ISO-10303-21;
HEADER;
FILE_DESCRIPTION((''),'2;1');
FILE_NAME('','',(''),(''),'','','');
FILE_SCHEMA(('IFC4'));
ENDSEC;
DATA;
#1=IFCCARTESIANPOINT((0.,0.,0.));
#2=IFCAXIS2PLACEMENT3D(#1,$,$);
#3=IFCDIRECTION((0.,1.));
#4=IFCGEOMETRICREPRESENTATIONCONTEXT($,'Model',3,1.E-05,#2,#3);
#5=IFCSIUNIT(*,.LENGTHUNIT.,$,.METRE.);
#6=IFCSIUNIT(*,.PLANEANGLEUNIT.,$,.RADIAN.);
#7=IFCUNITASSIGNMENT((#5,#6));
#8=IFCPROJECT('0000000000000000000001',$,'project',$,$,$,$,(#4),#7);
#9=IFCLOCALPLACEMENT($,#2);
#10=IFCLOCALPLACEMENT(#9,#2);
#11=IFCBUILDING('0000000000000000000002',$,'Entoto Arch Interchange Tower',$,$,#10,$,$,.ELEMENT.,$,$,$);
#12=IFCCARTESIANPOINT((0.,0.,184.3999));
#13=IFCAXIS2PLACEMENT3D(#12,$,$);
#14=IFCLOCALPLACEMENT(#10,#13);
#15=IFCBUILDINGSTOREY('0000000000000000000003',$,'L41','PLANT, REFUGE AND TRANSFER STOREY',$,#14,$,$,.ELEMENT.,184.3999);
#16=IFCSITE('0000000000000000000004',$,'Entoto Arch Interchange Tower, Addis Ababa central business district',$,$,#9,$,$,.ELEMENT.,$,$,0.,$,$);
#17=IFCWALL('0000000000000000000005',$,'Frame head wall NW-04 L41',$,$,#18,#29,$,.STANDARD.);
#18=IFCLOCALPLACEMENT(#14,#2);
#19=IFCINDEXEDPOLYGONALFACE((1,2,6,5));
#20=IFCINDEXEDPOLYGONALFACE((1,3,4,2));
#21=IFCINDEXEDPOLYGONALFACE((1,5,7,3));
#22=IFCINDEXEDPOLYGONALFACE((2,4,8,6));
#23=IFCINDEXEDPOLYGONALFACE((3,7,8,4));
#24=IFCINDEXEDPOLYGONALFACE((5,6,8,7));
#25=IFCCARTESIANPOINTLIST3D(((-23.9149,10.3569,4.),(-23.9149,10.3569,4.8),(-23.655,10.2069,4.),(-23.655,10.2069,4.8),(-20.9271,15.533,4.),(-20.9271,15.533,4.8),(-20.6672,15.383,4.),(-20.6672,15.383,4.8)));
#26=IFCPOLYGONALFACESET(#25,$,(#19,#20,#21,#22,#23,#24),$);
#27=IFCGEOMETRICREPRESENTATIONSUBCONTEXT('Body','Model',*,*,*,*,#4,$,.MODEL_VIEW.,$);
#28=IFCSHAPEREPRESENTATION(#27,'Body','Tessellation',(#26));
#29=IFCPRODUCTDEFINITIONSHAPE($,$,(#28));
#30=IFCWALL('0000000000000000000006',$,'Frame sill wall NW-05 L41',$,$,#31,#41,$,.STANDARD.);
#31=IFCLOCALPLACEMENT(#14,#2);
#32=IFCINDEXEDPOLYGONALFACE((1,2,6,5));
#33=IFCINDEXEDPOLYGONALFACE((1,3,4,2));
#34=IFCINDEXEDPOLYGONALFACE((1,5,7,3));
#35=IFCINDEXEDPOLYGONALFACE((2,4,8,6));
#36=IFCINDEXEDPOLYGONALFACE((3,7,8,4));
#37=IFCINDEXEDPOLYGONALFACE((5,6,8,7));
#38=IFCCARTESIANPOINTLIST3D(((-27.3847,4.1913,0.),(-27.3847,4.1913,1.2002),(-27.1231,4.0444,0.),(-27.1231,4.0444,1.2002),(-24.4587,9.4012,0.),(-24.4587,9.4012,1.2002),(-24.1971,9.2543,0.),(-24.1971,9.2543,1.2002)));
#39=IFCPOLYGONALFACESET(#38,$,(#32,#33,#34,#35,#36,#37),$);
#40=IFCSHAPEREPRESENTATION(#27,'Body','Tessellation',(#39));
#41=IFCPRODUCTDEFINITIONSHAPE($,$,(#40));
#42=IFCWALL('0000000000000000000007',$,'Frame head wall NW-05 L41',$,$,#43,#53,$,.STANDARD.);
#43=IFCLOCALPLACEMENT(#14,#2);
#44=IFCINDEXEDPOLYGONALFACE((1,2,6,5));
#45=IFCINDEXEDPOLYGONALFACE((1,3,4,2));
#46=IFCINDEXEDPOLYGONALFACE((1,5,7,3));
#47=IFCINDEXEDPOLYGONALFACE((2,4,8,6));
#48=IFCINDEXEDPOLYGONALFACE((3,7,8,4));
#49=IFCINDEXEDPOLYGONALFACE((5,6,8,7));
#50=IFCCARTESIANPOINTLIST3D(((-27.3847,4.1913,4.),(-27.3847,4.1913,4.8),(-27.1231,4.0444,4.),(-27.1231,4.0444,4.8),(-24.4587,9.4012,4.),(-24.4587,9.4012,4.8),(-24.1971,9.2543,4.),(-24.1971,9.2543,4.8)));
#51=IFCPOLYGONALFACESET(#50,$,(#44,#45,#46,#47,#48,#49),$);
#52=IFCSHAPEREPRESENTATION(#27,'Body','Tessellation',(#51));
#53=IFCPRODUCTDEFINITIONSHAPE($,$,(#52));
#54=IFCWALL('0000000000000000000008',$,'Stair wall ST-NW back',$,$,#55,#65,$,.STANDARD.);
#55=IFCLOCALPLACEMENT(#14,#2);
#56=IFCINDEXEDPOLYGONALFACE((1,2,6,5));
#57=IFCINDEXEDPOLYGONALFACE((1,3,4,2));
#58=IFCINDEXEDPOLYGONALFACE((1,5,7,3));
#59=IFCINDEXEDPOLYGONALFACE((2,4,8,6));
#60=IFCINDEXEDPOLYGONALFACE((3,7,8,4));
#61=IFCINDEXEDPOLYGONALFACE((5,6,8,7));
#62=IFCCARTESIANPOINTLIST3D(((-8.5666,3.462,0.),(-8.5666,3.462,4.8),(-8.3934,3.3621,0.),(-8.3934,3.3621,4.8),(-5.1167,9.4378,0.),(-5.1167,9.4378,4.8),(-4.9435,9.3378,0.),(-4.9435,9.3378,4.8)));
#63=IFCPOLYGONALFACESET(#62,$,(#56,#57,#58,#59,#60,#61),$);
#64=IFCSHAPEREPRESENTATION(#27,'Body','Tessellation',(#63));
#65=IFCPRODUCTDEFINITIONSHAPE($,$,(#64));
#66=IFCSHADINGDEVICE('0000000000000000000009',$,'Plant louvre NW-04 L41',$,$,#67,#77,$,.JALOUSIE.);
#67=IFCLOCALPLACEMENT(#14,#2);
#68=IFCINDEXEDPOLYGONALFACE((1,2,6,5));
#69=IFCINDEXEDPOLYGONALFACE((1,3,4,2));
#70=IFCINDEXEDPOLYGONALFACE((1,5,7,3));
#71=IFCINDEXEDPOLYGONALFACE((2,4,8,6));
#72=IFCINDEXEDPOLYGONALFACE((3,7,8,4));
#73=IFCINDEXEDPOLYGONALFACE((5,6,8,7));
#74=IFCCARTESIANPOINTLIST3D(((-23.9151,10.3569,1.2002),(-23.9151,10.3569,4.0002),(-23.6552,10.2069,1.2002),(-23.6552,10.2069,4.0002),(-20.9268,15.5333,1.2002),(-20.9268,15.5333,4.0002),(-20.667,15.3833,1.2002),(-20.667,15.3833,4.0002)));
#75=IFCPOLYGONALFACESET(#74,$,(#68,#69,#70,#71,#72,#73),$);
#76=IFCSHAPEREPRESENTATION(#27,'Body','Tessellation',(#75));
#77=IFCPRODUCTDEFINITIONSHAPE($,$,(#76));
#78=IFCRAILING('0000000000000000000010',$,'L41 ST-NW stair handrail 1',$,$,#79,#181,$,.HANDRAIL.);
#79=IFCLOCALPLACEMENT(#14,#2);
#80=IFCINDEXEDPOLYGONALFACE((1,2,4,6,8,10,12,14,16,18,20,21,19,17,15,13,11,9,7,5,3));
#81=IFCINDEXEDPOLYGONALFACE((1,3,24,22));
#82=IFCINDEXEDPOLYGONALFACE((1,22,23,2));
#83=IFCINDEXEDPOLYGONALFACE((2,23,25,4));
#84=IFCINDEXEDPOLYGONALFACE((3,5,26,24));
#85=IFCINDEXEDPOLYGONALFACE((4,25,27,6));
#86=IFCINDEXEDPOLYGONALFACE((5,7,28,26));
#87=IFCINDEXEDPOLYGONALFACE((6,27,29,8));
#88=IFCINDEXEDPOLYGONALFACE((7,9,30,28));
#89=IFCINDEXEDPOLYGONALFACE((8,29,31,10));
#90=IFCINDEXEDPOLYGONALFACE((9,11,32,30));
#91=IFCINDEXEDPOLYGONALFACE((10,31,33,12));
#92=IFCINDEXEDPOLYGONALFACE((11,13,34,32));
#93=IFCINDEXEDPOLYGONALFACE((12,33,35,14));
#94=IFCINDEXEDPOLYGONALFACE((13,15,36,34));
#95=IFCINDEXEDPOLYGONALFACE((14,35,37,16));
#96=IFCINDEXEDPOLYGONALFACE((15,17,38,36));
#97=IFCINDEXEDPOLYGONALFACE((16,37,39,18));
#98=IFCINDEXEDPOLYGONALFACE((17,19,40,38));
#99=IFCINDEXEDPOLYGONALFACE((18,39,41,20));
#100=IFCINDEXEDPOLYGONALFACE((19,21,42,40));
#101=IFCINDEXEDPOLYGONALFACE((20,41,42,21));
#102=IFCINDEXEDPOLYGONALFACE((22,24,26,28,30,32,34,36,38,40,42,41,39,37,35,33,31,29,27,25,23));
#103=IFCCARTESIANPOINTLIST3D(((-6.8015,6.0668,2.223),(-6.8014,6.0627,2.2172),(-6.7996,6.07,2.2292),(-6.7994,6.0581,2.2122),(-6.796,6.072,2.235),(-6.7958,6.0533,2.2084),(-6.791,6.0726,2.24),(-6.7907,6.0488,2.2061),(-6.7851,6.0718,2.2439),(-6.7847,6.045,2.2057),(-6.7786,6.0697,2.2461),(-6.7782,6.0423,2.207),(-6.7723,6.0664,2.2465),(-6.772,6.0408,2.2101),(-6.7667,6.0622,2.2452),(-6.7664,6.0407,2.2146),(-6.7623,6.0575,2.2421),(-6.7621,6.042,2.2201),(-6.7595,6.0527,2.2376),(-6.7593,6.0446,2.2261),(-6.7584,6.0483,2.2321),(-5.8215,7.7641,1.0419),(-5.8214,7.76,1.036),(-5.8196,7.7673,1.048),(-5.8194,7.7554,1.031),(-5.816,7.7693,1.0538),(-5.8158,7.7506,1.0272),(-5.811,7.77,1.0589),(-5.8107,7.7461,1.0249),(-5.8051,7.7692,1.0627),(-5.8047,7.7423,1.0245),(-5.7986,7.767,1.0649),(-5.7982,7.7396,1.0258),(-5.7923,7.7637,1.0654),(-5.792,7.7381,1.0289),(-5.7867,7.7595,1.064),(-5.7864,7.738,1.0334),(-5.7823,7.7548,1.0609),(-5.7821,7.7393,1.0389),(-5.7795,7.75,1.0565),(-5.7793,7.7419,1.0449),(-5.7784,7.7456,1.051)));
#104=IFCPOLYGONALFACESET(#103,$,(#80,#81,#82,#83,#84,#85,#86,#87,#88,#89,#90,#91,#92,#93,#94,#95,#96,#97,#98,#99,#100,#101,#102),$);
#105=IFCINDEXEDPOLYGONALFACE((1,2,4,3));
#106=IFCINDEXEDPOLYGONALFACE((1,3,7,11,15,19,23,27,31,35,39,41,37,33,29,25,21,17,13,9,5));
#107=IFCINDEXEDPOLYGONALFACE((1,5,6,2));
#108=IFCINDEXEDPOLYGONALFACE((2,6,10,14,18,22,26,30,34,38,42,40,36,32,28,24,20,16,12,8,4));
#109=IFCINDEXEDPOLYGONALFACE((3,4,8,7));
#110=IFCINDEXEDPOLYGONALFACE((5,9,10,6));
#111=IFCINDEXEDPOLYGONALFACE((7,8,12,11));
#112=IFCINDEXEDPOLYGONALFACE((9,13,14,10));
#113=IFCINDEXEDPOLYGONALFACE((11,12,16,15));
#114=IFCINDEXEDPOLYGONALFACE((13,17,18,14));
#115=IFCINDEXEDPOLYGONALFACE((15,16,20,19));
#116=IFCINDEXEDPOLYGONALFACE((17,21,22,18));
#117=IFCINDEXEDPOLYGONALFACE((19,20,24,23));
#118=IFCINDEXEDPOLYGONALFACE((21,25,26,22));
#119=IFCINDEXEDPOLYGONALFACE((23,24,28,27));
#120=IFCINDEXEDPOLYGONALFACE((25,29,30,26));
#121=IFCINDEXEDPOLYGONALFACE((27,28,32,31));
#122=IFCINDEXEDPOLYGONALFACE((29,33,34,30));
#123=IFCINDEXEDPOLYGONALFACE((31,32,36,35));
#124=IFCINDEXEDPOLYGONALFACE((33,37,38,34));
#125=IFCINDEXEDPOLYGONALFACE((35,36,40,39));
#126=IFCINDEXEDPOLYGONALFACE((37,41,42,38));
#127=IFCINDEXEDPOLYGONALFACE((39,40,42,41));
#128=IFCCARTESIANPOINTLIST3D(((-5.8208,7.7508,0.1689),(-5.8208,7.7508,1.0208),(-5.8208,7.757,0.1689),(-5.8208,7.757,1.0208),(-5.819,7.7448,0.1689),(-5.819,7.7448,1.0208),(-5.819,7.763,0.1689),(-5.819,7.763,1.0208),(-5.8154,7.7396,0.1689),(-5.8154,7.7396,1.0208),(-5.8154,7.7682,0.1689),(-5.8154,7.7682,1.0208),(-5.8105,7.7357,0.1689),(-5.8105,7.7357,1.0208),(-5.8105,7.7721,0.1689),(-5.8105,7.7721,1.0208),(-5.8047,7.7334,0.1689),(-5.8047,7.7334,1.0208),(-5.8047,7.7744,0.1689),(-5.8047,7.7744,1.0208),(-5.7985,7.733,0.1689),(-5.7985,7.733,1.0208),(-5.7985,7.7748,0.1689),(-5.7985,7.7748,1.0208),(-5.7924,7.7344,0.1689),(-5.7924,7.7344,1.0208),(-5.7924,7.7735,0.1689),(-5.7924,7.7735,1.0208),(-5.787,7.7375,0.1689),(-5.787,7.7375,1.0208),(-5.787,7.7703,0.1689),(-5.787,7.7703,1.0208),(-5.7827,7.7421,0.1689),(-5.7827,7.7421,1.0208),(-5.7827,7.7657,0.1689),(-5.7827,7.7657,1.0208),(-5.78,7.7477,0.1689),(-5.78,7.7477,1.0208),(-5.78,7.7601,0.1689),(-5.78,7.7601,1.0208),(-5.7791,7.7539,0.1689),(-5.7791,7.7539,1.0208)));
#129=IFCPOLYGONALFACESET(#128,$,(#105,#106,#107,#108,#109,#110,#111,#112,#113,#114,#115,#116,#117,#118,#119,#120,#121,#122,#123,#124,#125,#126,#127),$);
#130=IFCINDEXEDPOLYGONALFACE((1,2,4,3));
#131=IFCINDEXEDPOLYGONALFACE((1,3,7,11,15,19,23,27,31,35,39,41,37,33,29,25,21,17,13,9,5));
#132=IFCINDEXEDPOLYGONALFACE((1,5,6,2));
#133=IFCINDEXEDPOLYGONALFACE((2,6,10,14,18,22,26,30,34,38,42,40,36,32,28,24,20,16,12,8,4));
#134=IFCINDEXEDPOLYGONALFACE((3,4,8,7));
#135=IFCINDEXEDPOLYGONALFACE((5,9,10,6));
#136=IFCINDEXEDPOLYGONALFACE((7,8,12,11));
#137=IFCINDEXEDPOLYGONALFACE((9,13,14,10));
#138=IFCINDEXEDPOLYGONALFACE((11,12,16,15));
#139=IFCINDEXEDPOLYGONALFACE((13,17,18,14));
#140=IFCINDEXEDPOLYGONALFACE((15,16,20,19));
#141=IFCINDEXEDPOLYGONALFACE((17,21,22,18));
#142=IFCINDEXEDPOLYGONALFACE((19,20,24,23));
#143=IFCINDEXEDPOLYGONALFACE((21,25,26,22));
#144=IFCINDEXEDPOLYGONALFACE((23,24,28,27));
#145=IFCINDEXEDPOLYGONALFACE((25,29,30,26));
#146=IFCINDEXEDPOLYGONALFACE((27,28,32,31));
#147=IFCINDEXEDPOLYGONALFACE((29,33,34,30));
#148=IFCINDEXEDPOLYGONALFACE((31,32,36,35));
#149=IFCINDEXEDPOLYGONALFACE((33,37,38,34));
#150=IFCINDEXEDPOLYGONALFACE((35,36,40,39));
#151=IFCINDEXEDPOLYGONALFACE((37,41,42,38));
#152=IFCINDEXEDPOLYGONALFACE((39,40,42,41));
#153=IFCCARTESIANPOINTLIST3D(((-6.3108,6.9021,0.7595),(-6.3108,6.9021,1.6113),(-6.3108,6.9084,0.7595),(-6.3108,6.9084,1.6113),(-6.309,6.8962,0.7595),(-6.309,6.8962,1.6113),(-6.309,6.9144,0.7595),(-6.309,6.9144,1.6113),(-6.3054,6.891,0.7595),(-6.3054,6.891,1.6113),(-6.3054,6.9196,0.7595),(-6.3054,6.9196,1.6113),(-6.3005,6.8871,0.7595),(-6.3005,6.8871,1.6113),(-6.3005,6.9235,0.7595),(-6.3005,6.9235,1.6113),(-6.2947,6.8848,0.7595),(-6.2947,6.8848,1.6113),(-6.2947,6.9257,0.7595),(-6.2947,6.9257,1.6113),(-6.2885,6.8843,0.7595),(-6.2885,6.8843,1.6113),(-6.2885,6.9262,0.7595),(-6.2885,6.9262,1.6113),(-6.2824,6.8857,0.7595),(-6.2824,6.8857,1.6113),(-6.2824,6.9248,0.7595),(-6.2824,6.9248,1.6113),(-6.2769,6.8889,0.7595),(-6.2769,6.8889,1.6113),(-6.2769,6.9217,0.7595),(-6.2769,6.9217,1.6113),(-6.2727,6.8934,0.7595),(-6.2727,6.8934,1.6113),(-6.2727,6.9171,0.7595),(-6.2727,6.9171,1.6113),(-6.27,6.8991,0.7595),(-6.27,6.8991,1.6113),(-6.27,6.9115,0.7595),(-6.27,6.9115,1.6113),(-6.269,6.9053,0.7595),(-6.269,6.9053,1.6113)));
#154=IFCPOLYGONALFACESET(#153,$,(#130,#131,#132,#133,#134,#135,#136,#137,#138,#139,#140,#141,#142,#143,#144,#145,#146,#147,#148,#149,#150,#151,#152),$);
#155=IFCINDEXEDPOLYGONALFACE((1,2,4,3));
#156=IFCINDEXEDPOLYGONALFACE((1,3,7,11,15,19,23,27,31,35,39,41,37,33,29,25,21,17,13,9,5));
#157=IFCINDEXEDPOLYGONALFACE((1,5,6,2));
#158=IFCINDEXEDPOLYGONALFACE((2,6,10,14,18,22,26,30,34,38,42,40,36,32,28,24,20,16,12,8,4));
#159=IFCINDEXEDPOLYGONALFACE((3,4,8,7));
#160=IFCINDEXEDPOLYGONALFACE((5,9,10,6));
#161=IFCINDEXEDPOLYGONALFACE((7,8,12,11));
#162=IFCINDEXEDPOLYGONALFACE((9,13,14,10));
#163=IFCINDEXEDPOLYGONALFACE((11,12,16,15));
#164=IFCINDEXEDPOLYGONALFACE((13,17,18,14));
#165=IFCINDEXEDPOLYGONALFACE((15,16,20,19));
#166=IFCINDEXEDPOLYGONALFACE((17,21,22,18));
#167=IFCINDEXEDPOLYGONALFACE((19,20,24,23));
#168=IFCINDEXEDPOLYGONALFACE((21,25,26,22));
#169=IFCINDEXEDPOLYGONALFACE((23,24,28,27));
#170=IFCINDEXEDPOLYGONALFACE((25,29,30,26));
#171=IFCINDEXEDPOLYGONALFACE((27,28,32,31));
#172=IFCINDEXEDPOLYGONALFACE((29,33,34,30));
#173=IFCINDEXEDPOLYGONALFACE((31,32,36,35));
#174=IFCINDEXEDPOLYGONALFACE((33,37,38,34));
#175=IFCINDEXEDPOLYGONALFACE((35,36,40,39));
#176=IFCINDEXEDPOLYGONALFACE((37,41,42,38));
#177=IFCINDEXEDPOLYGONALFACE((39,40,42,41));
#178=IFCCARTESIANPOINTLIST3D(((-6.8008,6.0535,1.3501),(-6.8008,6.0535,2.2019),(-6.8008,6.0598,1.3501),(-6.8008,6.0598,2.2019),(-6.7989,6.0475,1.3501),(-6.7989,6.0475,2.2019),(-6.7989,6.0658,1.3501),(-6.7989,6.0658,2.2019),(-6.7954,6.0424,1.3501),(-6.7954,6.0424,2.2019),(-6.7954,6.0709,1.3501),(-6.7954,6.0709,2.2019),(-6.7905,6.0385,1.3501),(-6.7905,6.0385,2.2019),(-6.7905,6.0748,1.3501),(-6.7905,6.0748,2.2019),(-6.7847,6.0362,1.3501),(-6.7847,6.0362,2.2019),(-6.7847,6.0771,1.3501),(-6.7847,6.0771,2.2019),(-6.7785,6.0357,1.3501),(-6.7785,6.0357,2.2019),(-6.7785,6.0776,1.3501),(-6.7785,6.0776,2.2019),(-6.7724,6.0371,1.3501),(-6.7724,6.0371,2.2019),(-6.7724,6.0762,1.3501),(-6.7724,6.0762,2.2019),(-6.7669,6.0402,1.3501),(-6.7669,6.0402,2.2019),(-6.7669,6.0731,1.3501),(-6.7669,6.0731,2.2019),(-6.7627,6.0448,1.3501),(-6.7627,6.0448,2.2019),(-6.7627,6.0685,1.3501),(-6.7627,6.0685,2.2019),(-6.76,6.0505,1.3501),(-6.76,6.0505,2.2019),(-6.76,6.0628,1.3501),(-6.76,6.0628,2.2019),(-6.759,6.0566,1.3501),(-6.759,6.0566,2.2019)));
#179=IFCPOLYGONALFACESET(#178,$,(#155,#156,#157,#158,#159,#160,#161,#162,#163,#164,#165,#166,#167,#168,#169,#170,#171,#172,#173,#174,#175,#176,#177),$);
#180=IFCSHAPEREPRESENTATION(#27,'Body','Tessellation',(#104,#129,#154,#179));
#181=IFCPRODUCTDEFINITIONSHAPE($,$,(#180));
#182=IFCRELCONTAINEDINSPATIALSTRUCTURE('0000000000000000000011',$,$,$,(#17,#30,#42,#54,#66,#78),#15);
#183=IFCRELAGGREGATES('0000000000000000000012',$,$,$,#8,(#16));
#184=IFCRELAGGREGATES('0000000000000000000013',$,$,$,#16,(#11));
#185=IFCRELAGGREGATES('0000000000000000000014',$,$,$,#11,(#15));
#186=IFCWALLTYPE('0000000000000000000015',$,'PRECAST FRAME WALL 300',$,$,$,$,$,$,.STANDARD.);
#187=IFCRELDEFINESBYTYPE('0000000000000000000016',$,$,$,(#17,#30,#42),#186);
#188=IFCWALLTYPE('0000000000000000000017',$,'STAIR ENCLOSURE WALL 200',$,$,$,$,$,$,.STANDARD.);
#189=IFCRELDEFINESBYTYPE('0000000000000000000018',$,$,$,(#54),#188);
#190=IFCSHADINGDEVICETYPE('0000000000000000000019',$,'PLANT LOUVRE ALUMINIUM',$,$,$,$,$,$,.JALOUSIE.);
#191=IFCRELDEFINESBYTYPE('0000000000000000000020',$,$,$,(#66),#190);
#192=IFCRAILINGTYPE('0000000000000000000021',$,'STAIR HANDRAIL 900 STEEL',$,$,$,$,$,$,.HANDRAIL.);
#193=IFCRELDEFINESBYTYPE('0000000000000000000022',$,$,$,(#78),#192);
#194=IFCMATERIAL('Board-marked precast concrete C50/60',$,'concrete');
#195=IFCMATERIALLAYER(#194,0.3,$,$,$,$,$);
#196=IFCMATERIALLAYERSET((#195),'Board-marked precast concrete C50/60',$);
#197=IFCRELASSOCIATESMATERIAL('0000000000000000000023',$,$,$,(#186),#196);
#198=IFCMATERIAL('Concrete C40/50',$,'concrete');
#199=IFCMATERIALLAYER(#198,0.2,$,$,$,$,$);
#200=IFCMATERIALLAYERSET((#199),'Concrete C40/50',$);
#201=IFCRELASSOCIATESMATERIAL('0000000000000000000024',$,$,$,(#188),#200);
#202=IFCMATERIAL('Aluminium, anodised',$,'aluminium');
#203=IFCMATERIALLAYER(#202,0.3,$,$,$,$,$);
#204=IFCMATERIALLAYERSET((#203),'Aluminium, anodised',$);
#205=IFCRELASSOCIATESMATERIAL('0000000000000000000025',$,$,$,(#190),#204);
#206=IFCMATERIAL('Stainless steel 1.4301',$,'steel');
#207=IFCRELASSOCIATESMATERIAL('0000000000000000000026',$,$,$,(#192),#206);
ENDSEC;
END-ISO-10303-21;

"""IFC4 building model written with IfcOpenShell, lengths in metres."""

from ifc_helpers import new_model, si_unit, direction, frame, frame_2d, origin, origin_2d, place, context, subcontext, project, spatial, rectangle, circle, extrude, material, layer, layer_set, type_object, element, save


model = new_model("IFC4")

# Units and contexts
model_context = context("Model", 3, precision=1e-05, world=origin(), true_north=direction((0.0, 1.0)))
body_context = subcontext(model_context, "Body", "Model", "MODEL_VIEW")
ifc_project = project(units=[si_unit("LENGTHUNIT", "METRE"), si_unit("PLANEANGLEUNIT", "RADIAN")], contexts=[model_context])

# Site, building, storey
site_placement = place(None, origin())
site = spatial("IfcSite", under=ifc_project, at=site_placement, Name="Entoto Arch Interchange Tower, Addis Ababa central business district", CompositionType="ELEMENT", RefElevation=0.0)
building_placement = place(site_placement, origin())
building = spatial("IfcBuilding", under=site, at=building_placement, Name="Entoto Arch Interchange Tower", CompositionType="ELEMENT")
storey_placement = place(building_placement, frame((0.0, 0.0, 184.3999)))
storey = spatial("IfcBuildingStorey", under=building, at=storey_placement, Name="L41", Description="PLANT, REFUGE AND TRANSFER STOREY", CompositionType="ELEMENT", Elevation=184.3999)

# Shared definitions
ifc_material_1 = material(Name="Concrete C40/50", Category="concrete")

# Walls
ifc_material_2 = material(Name="Board-marked precast concrete C50/60", Category="concrete")
ifc_layer_1 = layer(ifc_material_2, 0.3)
ifc_layer_set_1 = layer_set([ifc_layer_1], Name="Board-marked precast concrete C50/60")
wall_type_1 = type_object("IfcWallType", Name="PRECAST FRAME WALL 300", PredefinedType="STANDARD", material=ifc_layer_set_1)
wall_1_placement = place(storey_placement, frame((-20.7971, 15.458, 4.0), z_axis=(0.0, 0.0, 1.0), x_axis=(-0.499926, -0.866068, 0.0)))
element("IfcWall", 1, at=wall_1_placement, inside=storey, type_object=wall_type_1, Name="Frame head wall NW-04 L41", PredefinedType="STANDARD", context=body_context, shape_type="SweptSolid", body=[
    extrude(rectangle(XDim=5.9766, YDim=0.3, at=frame_2d((2.9883, 0.0))), origin(), (0.0, 0.0, 1.0), 0.8),
])
wall_2_placement = place(storey_placement, frame((-24.3279, 9.3279, 0.0), z_axis=(0.0, 0.0, 1.0), x_axis=(-0.489679, -0.871903, 0.0)))
element("IfcWall", 2, at=wall_2_placement, inside=storey, type_object=wall_type_1, Name="Frame sill wall NW-05 L41", PredefinedType="STANDARD", context=body_context, shape_type="SweptSolid", body=[
    extrude(rectangle(XDim=5.9753, YDim=0.3, at=frame_2d((2.9878, 0.0))), origin(), (0.0, 0.0, 1.0), 1.2002),
])
wall_3_placement = place(storey_placement, frame((-24.3279, 9.3279, 4.0), z_axis=(0.0, 0.0, 1.0), x_axis=(-0.489679, -0.871903, 0.0)))
element("IfcWall", 3, at=wall_3_placement, inside=storey, type_object=wall_type_1, Name="Frame head wall NW-05 L41", PredefinedType="STANDARD", context=body_context, shape_type="SweptSolid", body=[
    extrude(rectangle(XDim=5.9753, YDim=0.3, at=frame_2d((2.9878, 0.0))), origin(), (0.0, 0.0, 1.0), 0.8),
])
ifc_layer_2 = layer(ifc_material_1, 0.2)
ifc_layer_set_2 = layer_set([ifc_layer_2], Name="Concrete C40/50")
wall_type_2 = type_object("IfcWallType", Name="STAIR ENCLOSURE WALL 200", PredefinedType="STANDARD", material=ifc_layer_set_2)
wall_4_placement = place(storey_placement, frame((-5.03, 9.3879, 0.0), z_axis=(0.0, 0.0, 1.0), x_axis=(-0.499979, -0.866038, 0.0)))
element("IfcWall", 4, at=wall_4_placement, inside=storey, type_object=wall_type_2, Name="Stair wall ST-NW back", PredefinedType="STANDARD", context=body_context, shape_type="SweptSolid", body=[
    extrude(rectangle(XDim=6.9001, YDim=0.2, at=frame_2d((3.4502, 0.0))), origin(), (0.0, 0.0, 1.0), 4.8),
])

# Shading device
ifc_material_3 = material(Name="Aluminium, anodised", Category="aluminium")
ifc_layer_3 = layer(ifc_material_3, 0.3)
ifc_layer_set_3 = layer_set([ifc_layer_3], Name="Aluminium, anodised")
shading_device_type = type_object("IfcShadingDeviceType", Name="PLANT LOUVRE ALUMINIUM", PredefinedType="JALOUSIE", material=ifc_layer_set_3)
shading_device_placement = place(storey_placement, frame((-22.291, 12.8701, 1.2002), z_axis=(0.0, 0.0, 1.0), x_axis=(-0.499955, -0.866052, 0.0)))
element("IfcShadingDevice", 5, at=shading_device_placement, inside=storey, type_object=shading_device_type, Name="Plant louvre NW-04 L41", PredefinedType="JALOUSIE", context=body_context, shape_type="SweptSolid", body=[
    extrude(rectangle(XDim=5.9771, YDim=0.3, at=origin_2d()), origin(), (0.0, 0.0, 1.0), 2.8),
])

# Railing
ifc_material_4 = material(Name="Stainless steel 1.4301", Category="steel")
railing_type = type_object("IfcRailingType", Name="STAIR HANDRAIL 900 STEEL", PredefinedType="HANDRAIL", material=ifc_material_4)
for number, where, name in (
    (6, (-5.8, 7.7539, 0.1689), "L41 ST-NW stair handrail 1"),
):
    element("IfcRailing", number, at=place(storey_placement, frame(where)), inside=storey, type_object=railing_type, Name=name, PredefinedType="HANDRAIL", context=body_context, shape_type="SweptSolid", body=[
        extrude(circle(Radius=0.0239, at=origin_2d()), frame((0.0, 0.0, 0.876), z_axis=(-0.428262, -0.741723, 0.516176), x_axis=(0.866011, -0.500024, 0.0)), (0.0, 0.0, 1.0), 2.2883),
        extrude(circle(Radius=0.021, at=origin_2d()), origin(), (0.0, 0.0, 1.0), 0.8518),
        extrude(circle(Radius=0.021, at=origin_2d()), frame((-0.49, -0.8486, 0.5906)), (0.0, 0.0, 1.0), 0.8518),
        extrude(circle(Radius=0.021, at=origin_2d()), frame((-0.98, -1.6973, 1.1812)), (0.0, 0.0, 1.0), 0.8518),
    ])

save(model, "model.ifc")
